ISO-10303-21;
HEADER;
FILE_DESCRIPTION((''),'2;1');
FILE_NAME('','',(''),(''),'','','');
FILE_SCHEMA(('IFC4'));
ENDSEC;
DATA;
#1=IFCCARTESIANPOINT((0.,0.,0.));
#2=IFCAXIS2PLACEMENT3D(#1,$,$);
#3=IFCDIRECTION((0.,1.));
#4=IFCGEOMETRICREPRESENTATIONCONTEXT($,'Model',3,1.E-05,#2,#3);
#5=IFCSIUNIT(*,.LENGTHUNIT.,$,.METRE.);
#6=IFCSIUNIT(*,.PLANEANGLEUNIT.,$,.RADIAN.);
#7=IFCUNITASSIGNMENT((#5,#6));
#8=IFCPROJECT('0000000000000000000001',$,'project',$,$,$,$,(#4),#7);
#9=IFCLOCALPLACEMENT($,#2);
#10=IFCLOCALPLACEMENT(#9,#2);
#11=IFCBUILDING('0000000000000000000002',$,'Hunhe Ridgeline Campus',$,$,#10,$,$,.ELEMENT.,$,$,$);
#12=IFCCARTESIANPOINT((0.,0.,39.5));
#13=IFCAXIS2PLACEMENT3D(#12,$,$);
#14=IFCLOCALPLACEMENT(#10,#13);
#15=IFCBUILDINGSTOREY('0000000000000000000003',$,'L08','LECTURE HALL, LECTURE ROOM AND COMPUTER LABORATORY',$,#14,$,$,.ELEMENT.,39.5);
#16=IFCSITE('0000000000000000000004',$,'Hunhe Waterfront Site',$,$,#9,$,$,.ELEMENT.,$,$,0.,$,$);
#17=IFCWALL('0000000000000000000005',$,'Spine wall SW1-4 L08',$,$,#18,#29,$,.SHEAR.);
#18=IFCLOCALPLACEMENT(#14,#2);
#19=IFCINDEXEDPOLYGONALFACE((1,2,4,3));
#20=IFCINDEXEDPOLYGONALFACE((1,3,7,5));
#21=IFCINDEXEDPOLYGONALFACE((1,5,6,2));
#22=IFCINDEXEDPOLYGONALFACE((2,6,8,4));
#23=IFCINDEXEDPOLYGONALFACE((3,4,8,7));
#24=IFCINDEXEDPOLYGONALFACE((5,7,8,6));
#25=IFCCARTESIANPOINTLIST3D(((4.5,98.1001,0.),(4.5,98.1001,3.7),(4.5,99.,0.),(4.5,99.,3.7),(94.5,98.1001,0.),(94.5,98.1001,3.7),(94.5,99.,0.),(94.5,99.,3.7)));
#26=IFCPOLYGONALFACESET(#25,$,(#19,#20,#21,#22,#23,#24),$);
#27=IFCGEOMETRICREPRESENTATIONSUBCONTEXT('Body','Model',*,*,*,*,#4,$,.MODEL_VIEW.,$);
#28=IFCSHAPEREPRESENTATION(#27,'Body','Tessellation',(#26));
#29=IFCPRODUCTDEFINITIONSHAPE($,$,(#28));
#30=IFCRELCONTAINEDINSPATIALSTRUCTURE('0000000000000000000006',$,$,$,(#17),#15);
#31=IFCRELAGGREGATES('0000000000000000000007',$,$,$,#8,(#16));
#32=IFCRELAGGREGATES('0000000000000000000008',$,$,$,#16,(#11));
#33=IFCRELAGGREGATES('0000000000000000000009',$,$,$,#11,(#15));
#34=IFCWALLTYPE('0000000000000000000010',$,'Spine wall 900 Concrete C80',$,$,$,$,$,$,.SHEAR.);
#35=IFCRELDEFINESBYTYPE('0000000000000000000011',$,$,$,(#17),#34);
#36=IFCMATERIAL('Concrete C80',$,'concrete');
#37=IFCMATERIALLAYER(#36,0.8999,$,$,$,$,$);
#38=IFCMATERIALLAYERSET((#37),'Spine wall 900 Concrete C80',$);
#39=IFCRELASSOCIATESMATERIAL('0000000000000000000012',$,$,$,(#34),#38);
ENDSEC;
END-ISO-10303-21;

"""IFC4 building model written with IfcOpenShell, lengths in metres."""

from ifc_helpers import new_model, si_unit, direction, frame, frame_2d, origin, place, context, subcontext, project, spatial, rectangle, extrude, material, layer, layer_set, type_object, element, save


model = new_model("IFC4")

# Units and contexts
model_context = context("Model", 3, precision=1e-05, world=origin(), true_north=direction((0.0, 1.0)))
body_context = subcontext(model_context, "Body", "Model", "MODEL_VIEW")
ifc_project = project(units=[si_unit("LENGTHUNIT", "METRE"), si_unit("PLANEANGLEUNIT", "RADIAN")], contexts=[model_context])

# Site, building, storey
site_placement = place(None, origin())
site = spatial("IfcSite", under=ifc_project, at=site_placement, Name="Hunhe Waterfront Site", CompositionType="ELEMENT", RefElevation=0.0)
building_placement = place(site_placement, origin())
building = spatial("IfcBuilding", under=site, at=building_placement, Name="Hunhe Ridgeline Campus", CompositionType="ELEMENT")
storey_placement = place(building_placement, frame((0.0, 0.0, 39.5)))
storey = spatial("IfcBuildingStorey", under=building, at=storey_placement, Name="L08", Description="LECTURE HALL, LECTURE ROOM AND COMPUTER LABORATORY", CompositionType="ELEMENT", Elevation=39.5)

# Shared definitions
ifc_material_1 = material(Name="Concrete C80", Category="concrete")

# Wall
ifc_layer_1 = layer(ifc_material_1, 0.8999)
ifc_layer_set_1 = layer_set([ifc_layer_1], Name="Spine wall 900 Concrete C80")
wall_type_1 = type_object("IfcWallType", Name="Spine wall 900 Concrete C80", PredefinedType="SHEAR", material=ifc_layer_set_1)
wall_1_placement = place(storey_placement, frame((94.5, 98.55, 0.0), z_axis=(0.0, 0.0, 1.0), x_axis=(-1.0, 0.0, 0.0)))
element("IfcWall", 1, at=wall_1_placement, inside=storey, type_object=wall_type_1, Name="Spine wall SW1-4 L08", PredefinedType="SHEAR", context=body_context, shape_type="SweptSolid", body=[
    extrude(rectangle(XDim=90.0, YDim=0.8999, at=frame_2d((45.0, 0.0))), origin(), (0.0, 0.0, 1.0), 3.7),
])

save(model, "model.ifc")
